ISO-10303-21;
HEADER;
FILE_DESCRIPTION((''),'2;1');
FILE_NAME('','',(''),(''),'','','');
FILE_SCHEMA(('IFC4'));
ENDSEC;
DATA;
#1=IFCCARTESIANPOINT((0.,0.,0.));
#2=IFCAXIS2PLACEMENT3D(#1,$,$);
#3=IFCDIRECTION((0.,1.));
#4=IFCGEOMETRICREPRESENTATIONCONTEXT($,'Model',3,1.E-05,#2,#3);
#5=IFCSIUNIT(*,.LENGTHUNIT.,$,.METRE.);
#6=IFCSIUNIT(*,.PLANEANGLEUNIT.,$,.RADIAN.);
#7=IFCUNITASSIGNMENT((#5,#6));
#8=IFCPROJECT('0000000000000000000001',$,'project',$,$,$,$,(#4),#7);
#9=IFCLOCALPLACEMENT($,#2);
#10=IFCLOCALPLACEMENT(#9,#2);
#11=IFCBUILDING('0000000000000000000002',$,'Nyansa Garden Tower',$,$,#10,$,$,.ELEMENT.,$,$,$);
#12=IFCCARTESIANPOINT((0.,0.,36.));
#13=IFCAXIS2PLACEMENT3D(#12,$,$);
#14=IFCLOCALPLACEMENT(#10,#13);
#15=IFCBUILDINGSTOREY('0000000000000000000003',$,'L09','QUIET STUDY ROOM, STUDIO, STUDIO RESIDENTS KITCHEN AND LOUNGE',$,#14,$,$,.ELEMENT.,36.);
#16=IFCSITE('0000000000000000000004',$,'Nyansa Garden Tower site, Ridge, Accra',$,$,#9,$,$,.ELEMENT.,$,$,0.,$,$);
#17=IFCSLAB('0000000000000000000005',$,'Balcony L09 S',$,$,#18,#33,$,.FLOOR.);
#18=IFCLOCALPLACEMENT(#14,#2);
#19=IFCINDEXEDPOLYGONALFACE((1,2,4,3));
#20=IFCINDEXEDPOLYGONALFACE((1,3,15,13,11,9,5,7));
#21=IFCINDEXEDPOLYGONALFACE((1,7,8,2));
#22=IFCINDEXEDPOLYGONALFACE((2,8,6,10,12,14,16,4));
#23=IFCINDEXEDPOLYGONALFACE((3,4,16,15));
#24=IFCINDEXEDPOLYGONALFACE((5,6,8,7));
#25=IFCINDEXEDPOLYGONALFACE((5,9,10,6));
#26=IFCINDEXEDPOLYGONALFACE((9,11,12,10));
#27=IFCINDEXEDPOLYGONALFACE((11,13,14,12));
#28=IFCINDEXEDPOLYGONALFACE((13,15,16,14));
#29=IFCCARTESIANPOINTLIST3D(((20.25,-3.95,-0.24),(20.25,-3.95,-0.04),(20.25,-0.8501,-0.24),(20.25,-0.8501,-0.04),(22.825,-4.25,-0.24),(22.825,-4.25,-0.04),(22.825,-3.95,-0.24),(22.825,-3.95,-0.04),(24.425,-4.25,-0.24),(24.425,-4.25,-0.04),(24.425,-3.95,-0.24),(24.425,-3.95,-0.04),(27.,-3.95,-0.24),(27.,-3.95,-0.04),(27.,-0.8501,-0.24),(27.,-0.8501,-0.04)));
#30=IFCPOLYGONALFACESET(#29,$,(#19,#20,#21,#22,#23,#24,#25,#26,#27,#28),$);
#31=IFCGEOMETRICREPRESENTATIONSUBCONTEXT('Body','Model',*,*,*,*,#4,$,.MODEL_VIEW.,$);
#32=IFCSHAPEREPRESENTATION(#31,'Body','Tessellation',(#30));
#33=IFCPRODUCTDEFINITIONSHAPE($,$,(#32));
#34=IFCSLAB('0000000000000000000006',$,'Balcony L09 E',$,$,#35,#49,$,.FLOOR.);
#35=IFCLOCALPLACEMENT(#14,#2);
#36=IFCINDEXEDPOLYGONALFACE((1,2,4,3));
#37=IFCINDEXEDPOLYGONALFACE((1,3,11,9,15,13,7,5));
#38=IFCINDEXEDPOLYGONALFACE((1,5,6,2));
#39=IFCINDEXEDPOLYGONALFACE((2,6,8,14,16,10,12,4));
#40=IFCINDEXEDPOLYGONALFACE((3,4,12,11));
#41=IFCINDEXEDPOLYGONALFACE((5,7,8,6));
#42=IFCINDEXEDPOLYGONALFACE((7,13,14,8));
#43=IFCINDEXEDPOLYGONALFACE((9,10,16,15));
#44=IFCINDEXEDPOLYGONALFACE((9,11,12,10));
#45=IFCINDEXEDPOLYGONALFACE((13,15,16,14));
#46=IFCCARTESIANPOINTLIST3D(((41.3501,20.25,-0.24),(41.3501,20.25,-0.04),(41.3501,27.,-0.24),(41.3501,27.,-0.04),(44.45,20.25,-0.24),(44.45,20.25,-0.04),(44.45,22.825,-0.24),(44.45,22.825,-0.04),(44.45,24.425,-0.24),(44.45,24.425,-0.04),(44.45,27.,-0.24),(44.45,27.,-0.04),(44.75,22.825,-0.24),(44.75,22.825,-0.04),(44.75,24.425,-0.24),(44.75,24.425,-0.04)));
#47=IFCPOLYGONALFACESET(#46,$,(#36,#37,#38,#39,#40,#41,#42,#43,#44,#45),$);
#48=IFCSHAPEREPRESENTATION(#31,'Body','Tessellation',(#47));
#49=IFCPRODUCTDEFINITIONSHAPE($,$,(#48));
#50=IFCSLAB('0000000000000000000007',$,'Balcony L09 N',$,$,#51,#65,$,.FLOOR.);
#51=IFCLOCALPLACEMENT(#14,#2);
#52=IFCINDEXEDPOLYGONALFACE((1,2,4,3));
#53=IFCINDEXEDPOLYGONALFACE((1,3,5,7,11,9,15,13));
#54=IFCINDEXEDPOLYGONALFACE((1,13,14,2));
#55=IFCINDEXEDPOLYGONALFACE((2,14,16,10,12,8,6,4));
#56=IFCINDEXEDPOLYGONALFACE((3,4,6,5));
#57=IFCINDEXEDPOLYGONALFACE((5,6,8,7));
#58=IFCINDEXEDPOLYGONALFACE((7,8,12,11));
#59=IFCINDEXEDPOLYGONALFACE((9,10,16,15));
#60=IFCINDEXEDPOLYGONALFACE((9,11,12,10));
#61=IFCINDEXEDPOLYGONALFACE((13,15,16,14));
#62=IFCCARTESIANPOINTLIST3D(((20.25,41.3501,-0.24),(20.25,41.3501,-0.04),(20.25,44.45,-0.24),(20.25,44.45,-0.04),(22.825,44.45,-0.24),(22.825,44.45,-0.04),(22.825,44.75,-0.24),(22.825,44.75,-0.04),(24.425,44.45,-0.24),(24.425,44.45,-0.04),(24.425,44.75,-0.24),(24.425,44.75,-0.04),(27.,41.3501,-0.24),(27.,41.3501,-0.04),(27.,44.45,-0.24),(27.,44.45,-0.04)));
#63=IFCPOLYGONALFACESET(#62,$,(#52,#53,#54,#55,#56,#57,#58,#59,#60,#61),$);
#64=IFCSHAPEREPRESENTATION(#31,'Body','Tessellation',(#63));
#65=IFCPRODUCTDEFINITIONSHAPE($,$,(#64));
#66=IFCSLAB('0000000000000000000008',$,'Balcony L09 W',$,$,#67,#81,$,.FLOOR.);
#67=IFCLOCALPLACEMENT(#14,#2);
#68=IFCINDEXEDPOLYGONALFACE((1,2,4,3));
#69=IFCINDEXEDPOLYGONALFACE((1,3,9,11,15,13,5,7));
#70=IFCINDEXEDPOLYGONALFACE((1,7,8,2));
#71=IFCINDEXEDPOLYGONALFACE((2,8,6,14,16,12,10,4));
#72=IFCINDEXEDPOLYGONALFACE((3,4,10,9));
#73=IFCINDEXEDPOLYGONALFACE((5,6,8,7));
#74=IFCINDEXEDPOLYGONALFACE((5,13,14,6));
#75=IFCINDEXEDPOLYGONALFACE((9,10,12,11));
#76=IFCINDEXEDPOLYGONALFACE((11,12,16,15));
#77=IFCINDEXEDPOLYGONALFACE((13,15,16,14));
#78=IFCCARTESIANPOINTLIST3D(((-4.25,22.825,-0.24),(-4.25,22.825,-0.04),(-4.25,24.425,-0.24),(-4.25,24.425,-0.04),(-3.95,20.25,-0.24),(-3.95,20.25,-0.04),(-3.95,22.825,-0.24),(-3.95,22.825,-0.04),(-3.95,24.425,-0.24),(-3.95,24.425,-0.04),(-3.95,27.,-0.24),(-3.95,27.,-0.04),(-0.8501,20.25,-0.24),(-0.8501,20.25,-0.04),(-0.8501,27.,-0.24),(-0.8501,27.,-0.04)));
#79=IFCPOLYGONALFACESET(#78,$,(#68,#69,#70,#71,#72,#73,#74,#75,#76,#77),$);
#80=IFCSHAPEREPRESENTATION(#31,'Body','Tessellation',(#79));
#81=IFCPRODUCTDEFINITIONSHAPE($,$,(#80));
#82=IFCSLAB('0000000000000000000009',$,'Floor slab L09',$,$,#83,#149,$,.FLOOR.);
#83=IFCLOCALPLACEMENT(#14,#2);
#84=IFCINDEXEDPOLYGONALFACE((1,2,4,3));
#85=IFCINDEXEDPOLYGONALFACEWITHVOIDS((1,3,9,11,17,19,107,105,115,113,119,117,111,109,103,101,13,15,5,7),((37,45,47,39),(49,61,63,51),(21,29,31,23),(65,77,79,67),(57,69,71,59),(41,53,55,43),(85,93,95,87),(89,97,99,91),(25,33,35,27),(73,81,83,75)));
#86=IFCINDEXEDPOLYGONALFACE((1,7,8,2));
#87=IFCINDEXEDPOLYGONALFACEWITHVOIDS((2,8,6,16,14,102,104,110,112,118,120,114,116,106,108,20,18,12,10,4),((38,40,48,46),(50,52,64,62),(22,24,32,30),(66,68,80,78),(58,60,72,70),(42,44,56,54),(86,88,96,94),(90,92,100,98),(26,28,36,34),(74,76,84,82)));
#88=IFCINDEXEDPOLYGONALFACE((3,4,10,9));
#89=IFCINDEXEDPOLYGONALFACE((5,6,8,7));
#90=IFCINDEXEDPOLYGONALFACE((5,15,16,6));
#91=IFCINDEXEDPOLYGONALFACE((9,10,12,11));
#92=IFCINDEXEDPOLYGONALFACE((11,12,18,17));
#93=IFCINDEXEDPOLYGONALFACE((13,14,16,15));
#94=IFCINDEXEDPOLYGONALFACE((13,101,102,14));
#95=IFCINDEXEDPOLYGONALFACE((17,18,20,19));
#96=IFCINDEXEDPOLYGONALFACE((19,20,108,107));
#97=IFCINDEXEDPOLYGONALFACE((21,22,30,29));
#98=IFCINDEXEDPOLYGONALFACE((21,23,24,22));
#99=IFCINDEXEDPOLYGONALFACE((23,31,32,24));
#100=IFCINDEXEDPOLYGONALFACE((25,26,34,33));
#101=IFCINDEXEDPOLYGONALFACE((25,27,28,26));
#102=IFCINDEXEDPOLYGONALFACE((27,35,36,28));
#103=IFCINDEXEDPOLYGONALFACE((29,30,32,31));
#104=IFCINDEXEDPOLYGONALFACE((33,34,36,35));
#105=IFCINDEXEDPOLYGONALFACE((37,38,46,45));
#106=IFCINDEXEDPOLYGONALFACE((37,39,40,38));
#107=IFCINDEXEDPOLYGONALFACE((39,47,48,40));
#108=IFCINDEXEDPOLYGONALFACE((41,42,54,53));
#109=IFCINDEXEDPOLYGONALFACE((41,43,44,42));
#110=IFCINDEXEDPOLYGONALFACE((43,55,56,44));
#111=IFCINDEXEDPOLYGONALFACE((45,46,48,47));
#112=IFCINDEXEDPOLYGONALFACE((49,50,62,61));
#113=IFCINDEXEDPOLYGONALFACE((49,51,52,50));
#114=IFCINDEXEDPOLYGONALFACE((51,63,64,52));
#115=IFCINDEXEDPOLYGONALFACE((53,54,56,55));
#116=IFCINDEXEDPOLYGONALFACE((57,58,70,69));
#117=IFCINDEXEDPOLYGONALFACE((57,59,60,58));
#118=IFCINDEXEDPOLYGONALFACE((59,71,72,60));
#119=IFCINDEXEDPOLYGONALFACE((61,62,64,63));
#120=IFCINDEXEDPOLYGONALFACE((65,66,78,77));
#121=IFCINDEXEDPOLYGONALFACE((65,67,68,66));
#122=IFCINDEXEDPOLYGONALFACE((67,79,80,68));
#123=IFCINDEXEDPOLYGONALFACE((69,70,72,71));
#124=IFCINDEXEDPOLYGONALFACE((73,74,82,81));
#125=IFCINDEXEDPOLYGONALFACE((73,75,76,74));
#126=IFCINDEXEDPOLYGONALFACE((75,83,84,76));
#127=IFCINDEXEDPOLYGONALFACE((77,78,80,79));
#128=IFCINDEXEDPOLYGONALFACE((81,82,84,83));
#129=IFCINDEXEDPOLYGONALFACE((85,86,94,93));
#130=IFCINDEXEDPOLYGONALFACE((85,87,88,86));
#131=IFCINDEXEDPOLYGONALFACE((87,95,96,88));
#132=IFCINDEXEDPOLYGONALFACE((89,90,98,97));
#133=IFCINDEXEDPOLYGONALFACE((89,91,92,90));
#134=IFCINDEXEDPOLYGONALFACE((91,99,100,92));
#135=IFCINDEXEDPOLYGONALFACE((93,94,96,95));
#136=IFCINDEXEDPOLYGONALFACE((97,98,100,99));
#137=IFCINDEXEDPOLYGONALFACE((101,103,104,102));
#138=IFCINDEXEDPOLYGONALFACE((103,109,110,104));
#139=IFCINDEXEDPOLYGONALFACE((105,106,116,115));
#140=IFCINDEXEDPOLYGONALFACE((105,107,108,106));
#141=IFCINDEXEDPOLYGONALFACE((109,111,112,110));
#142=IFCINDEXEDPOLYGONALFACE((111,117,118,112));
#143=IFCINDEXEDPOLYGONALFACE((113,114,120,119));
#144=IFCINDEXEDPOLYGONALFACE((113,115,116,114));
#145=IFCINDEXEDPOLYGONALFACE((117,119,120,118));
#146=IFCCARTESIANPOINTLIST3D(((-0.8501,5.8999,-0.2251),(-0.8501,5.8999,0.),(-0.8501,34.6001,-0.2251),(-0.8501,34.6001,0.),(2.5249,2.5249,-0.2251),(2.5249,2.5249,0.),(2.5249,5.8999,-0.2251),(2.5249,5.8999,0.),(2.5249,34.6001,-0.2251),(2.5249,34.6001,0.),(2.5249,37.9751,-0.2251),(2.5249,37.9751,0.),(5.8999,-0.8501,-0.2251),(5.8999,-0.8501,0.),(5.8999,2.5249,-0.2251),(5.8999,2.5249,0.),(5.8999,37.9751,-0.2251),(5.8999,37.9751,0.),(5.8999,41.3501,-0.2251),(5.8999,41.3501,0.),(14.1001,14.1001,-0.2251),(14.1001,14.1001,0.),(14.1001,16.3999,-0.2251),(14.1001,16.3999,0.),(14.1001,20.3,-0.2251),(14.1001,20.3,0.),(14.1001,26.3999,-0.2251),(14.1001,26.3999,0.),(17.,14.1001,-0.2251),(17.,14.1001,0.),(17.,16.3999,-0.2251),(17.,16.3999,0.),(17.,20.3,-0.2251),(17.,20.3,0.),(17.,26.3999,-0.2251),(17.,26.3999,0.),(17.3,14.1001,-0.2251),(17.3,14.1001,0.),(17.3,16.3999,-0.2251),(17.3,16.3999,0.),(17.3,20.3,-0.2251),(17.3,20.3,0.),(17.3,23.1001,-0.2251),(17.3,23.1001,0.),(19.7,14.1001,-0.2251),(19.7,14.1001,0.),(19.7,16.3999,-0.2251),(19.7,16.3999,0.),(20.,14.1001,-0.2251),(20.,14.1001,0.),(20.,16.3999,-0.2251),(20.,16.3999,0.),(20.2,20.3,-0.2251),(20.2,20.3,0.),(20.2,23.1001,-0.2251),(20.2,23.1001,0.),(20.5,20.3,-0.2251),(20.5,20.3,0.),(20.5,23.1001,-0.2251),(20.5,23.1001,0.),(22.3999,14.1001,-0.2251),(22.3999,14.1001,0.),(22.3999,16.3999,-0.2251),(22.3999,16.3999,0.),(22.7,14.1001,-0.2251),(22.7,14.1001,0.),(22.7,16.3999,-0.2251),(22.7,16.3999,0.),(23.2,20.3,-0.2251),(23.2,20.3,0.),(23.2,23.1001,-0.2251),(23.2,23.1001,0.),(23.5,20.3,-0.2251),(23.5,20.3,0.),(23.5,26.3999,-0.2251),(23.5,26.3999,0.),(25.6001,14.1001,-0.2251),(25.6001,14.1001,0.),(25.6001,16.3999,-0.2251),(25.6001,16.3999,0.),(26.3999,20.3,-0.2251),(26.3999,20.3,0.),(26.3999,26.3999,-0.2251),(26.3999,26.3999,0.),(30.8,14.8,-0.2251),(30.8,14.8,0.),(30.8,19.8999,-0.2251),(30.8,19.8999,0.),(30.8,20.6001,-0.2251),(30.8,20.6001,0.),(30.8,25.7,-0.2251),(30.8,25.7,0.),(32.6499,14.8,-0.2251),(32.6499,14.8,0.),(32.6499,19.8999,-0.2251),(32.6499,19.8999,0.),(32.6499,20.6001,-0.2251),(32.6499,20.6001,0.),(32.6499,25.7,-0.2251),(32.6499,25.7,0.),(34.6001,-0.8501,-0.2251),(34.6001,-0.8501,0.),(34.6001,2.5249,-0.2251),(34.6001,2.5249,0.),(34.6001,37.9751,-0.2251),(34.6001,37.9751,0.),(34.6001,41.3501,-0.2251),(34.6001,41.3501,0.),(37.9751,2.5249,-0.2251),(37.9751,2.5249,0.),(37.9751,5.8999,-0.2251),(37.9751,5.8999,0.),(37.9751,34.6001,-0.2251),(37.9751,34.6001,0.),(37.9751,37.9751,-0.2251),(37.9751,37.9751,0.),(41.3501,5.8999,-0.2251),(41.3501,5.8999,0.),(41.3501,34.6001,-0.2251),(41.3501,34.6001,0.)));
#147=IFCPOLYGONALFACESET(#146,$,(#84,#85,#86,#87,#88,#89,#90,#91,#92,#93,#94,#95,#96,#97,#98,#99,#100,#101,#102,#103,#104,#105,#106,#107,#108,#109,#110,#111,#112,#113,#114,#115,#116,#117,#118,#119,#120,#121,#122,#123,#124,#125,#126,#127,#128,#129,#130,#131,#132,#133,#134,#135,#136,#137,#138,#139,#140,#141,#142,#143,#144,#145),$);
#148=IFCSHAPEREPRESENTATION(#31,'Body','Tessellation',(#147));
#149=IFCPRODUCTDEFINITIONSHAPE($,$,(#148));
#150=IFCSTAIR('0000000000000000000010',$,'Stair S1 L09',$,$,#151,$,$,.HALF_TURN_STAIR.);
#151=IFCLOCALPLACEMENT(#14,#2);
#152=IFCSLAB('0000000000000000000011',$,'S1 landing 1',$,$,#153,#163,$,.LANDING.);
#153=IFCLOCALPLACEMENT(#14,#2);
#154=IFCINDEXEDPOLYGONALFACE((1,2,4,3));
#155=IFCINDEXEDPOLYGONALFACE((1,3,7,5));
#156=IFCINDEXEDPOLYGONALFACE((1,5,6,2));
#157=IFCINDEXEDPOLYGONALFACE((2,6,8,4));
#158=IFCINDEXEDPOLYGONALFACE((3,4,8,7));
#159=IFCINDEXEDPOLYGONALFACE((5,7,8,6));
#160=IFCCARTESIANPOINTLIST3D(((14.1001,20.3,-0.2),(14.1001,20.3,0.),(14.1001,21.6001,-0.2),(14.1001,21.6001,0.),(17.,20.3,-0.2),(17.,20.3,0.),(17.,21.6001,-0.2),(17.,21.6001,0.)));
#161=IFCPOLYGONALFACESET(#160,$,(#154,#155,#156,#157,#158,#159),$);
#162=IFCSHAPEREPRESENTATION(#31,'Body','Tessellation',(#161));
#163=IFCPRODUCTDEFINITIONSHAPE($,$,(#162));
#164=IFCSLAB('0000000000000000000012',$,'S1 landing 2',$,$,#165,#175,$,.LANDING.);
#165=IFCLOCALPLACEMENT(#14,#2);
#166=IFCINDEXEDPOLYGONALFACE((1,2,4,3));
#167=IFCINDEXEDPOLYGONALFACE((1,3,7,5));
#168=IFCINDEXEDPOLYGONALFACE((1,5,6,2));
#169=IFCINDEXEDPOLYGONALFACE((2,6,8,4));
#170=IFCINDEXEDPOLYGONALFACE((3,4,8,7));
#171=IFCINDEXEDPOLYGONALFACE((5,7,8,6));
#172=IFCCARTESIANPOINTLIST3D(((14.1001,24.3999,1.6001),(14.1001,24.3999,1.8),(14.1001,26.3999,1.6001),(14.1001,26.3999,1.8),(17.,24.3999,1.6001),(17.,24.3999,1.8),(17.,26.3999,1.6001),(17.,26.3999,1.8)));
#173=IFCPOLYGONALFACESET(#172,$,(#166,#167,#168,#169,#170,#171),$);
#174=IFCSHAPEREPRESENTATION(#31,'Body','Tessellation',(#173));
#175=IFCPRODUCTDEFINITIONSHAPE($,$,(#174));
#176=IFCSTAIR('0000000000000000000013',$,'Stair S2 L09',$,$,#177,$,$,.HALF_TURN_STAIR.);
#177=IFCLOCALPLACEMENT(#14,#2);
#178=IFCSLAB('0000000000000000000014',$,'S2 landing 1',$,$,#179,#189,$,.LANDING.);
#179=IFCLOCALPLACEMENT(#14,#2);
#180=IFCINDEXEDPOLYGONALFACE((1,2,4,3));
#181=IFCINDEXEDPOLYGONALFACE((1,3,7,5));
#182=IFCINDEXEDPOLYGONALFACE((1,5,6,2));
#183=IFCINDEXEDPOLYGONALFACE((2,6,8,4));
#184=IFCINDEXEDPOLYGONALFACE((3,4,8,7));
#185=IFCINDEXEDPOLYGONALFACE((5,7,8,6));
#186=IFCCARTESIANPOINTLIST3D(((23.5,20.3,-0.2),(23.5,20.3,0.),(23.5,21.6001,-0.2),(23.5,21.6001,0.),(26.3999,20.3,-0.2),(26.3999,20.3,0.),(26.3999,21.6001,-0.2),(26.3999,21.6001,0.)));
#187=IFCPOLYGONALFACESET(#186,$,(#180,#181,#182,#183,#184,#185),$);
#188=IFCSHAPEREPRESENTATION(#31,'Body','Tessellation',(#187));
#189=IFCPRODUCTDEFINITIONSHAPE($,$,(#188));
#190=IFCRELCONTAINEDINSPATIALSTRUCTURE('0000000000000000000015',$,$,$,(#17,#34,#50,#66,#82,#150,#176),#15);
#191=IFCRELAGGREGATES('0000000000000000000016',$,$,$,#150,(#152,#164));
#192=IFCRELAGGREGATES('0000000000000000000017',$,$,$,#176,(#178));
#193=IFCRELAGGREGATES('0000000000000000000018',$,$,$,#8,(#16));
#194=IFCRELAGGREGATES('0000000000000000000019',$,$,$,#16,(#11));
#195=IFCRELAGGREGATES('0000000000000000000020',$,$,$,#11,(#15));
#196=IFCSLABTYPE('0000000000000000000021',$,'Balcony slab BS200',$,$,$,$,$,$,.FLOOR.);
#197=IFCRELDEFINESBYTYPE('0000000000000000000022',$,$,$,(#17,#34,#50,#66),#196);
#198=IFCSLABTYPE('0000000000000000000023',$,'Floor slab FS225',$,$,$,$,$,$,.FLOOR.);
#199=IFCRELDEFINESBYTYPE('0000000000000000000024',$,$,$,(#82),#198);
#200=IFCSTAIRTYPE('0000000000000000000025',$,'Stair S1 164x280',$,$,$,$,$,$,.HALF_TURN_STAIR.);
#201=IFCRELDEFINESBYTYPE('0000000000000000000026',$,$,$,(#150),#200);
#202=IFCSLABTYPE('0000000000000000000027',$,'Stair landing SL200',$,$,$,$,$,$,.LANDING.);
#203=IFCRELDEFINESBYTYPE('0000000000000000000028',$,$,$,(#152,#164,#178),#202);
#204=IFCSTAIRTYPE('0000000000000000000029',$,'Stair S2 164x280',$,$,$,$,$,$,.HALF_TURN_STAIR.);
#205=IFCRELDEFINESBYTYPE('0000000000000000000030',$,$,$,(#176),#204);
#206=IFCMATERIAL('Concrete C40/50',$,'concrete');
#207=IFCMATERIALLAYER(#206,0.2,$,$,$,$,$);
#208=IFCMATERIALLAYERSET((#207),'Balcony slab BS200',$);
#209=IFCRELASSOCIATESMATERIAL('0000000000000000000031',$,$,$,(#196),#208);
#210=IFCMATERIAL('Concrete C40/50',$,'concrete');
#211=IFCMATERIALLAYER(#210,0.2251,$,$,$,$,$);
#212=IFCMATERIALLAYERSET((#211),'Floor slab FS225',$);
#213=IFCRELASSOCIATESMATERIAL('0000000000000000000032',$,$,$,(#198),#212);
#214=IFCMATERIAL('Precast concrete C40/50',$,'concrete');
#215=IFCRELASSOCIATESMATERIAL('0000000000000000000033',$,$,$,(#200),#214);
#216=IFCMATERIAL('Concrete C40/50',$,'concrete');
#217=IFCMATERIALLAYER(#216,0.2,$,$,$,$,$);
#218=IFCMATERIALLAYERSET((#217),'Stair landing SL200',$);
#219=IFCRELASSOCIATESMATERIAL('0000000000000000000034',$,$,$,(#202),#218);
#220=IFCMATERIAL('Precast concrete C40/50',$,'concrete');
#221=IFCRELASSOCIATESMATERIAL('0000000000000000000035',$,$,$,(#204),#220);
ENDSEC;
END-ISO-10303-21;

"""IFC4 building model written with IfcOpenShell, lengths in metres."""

from ifc_helpers import new_model, si_unit, direction, frame, origin, place, context, subcontext, project, spatial, polyline, outline, extrude, material, layer, layer_set, type_object, element, aggregate, save


model = new_model("IFC4")

# Units and contexts
model_context = context("Model", 3, precision=1e-05, world=origin(), true_north=direction((0.0, 1.0)))
body_context = subcontext(model_context, "Body", "Model", "MODEL_VIEW")
ifc_project = project(units=[si_unit("LENGTHUNIT", "METRE"), si_unit("PLANEANGLEUNIT", "RADIAN")], contexts=[model_context])

# Site, building, storey
site_placement = place(None, origin())
site = spatial("IfcSite", under=ifc_project, at=site_placement, Name="Nyansa Garden Tower site, Ridge, Accra", CompositionType="ELEMENT", RefElevation=0.0)
building_placement = place(site_placement, origin())
building = spatial("IfcBuilding", under=site, at=building_placement, Name="Nyansa Garden Tower", CompositionType="ELEMENT")
storey_placement = place(building_placement, frame((0.0, 0.0, 36.0)))
storey = spatial("IfcBuildingStorey", under=building, at=storey_placement, Name="L09", Description="QUIET STUDY ROOM, STUDIO, STUDIO RESIDENTS KITCHEN AND LOUNGE", CompositionType="ELEMENT", Elevation=36.0)

# Slabs
ifc_material_1 = material(Name="Concrete C40/50", Category="concrete")
ifc_layer_1 = layer(ifc_material_1, 0.2)
ifc_layer_set_1 = layer_set([ifc_layer_1], Name="Balcony slab BS200")
slab_type_1 = type_object("IfcSlabType", Name="Balcony slab BS200", PredefinedType="FLOOR", material=ifc_layer_set_1)
slab_1_placement = place(storey_placement, frame((0.0, 0.0, -0.24)))
element("IfcSlab", 1, at=slab_1_placement, inside=storey, type_object=slab_type_1, Name="Balcony L09 S", PredefinedType="FLOOR", context=body_context, shape_type="SweptSolid", body=[
    extrude(outline(polyline([(20.25, -0.8501), (27.0, -0.8501), (27.0, -3.95), (24.425, -3.95), (24.425, -4.25), (22.825, -4.25), (22.825, -3.95), (20.25, -3.95), (20.25, -0.8501)])), origin(), (0.0, 0.0, 1.0), 0.2),
])
slab_2_placement = place(storey_placement, frame((0.0, 0.0, -0.24)))
element("IfcSlab", 2, at=slab_2_placement, inside=storey, type_object=slab_type_1, Name="Balcony L09 E", PredefinedType="FLOOR", context=body_context, shape_type="SweptSolid", body=[
    extrude(outline(polyline([(41.3501, 20.25), (41.3501, 27.0), (44.45, 27.0), (44.45, 24.425), (44.75, 24.425), (44.75, 22.825), (44.45, 22.825), (44.45, 20.25), (41.3501, 20.25)])), origin(), (0.0, 0.0, 1.0), 0.2),
])
slab_3_placement = place(storey_placement, frame((0.0, 0.0, -0.24)))
element("IfcSlab", 3, at=slab_3_placement, inside=storey, type_object=slab_type_1, Name="Balcony L09 N", PredefinedType="FLOOR", context=body_context, shape_type="SweptSolid", body=[
    extrude(outline(polyline([(20.25, 41.3501), (27.0, 41.3501), (27.0, 44.45), (24.425, 44.45), (24.425, 44.75), (22.825, 44.75), (22.825, 44.45), (20.25, 44.45), (20.25, 41.3501)])), origin(), (0.0, 0.0, 1.0), 0.2),
])
slab_4_placement = place(storey_placement, frame((0.0, 0.0, -0.24)))
element("IfcSlab", 4, at=slab_4_placement, inside=storey, type_object=slab_type_1, Name="Balcony L09 W", PredefinedType="FLOOR", context=body_context, shape_type="SweptSolid", body=[
    extrude(outline(polyline([(-0.8501, 20.25), (-0.8501, 27.0), (-3.95, 27.0), (-3.95, 24.425), (-4.25, 24.425), (-4.25, 22.825), (-3.95, 22.825), (-3.95, 20.25), (-0.8501, 20.25)])), origin(), (0.0, 0.0, 1.0), 0.2),
])
ifc_material_2 = material(Name="Concrete C40/50", Category="concrete")
ifc_layer_2 = layer(ifc_material_2, 0.2251)
ifc_layer_set_2 = layer_set([ifc_layer_2], Name="Floor slab FS225")
slab_type_2 = type_object("IfcSlabType", Name="Floor slab FS225", PredefinedType="FLOOR", material=ifc_layer_set_2)
slab_5_placement = place(storey_placement, frame((0.0, 0.0, -0.2251)))
element("IfcSlab", 5, at=slab_5_placement, inside=storey, type_object=slab_type_2, Name="Floor slab L09", PredefinedType="FLOOR", context=body_context, shape_type="SweptSolid", body=[
    extrude(outline(polyline([(41.3501, 5.8999), (37.9751, 5.8999), (37.9751, 2.5249), (34.6001, 2.5249), (34.6001, -0.8501), (5.8999, -0.8501), (5.8999, 2.5249), (2.5249, 2.5249), (2.5249, 5.8999), (-0.8501, 5.8999), (-0.8501, 34.6001), (2.5249, 34.6001), (2.5249, 37.9751), (5.8999, 37.9751), (5.8999, 41.3501), (34.6001, 41.3501), (34.6001, 37.9751), (37.9751, 37.9751), (37.9751, 34.6001), (41.3501, 34.6001), (41.3501, 5.8999)]), holes=[polyline([(14.1001, 14.1001), (17.0, 14.1001), (17.0, 16.3999), (14.1001, 16.3999), (14.1001, 14.1001)]), polyline([(17.3, 14.1001), (19.7, 14.1001), (19.7, 16.3999), (17.3, 16.3999), (17.3, 14.1001)]), polyline([(20.0, 14.1001), (22.3999, 14.1001), (22.3999, 16.3999), (20.0, 16.3999), (20.0, 14.1001)]), polyline([(22.7, 14.1001), (25.6001, 14.1001), (25.6001, 16.3999), (22.7, 16.3999), (22.7, 14.1001)]), polyline([(17.3, 20.3), (20.2, 20.3), (20.2, 23.1001), (17.3, 23.1001), (17.3, 20.3)]), polyline([(20.5, 20.3), (23.2, 20.3), (23.2, 23.1001), (20.5, 23.1001), (20.5, 20.3)]), polyline([(30.8, 14.8), (32.6499, 14.8), (32.6499, 19.8999), (30.8, 19.8999), (30.8, 14.8)]), polyline([(30.8, 20.6001), (32.6499, 20.6001), (32.6499, 25.7), (30.8, 25.7), (30.8, 20.6001)]), polyline([(14.1001, 20.3), (17.0, 20.3), (17.0, 26.3999), (14.1001, 26.3999), (14.1001, 20.3)]), polyline([(23.5, 20.3), (26.3999, 20.3), (26.3999, 26.3999), (23.5, 26.3999), (23.5, 20.3)])]), origin(), (0.0, 0.0, 1.0), 0.2251),
])

# Stair, slabs
ifc_material_3 = material(Name="Precast concrete C40/50", Category="concrete")
stair_type_1 = type_object("IfcStairType", Name="Stair S1 164x280", PredefinedType="HALF_TURN_STAIR", material=ifc_material_3)
stair_1_placement = place(storey_placement, origin())
stair_1 = element("IfcStair", 6, at=stair_1_placement, inside=storey, type_object=stair_type_1, Name="Stair S1 L09", PredefinedType="HALF_TURN_STAIR")
ifc_material_4 = material(Name="Concrete C40/50", Category="concrete")
ifc_layer_3 = layer(ifc_material_4, 0.2)
ifc_layer_set_3 = layer_set([ifc_layer_3], Name="Stair landing SL200")
slab_type_3 = type_object("IfcSlabType", Name="Stair landing SL200", PredefinedType="LANDING", material=ifc_layer_set_3)
slab_6_placement = place(storey_placement, frame((0.0, 0.0, -0.2)))
slab_6 = element("IfcSlab", 7, at=slab_6_placement, type_object=slab_type_3, Name="S1 landing 1", PredefinedType="LANDING", context=body_context, shape_type="SweptSolid", body=[
    extrude(outline(polyline([(14.1001, 20.3), (17.0, 20.3), (17.0, 21.6001), (14.1001, 21.6001), (14.1001, 20.3)])), origin(), (0.0, 0.0, 1.0), 0.2),
])
slab_7_placement = place(storey_placement, frame((0.0, 0.0, 1.6001)))
slab_7 = element("IfcSlab", 8, at=slab_7_placement, type_object=slab_type_3, Name="S1 landing 2", PredefinedType="LANDING", context=body_context, shape_type="SweptSolid", body=[
    extrude(outline(polyline([(14.1001, 24.3999), (17.0, 24.3999), (17.0, 26.3999), (14.1001, 26.3999), (14.1001, 24.3999)])), origin(), (0.0, 0.0, 1.0), 0.2),
])
aggregate(stair_1, [slab_6, slab_7])

# Stair, slab
ifc_material_5 = material(Name="Precast concrete C40/50", Category="concrete")
stair_type_2 = type_object("IfcStairType", Name="Stair S2 164x280", PredefinedType="HALF_TURN_STAIR", material=ifc_material_5)
stair_2_placement = place(storey_placement, origin())
stair_2 = element("IfcStair", 9, at=stair_2_placement, inside=storey, type_object=stair_type_2, Name="Stair S2 L09", PredefinedType="HALF_TURN_STAIR")
slab_8_placement = place(storey_placement, frame((0.0, 0.0, -0.2)))
slab_8 = element("IfcSlab", 10, at=slab_8_placement, type_object=slab_type_3, Name="S2 landing 1", PredefinedType="LANDING", context=body_context, shape_type="SweptSolid", body=[
    extrude(outline(polyline([(23.5, 20.3), (26.3999, 20.3), (26.3999, 21.6001), (23.5, 21.6001), (23.5, 20.3)])), origin(), (0.0, 0.0, 1.0), 0.2),
])
aggregate(stair_2, [slab_8])

save(model, "model.ifc")
